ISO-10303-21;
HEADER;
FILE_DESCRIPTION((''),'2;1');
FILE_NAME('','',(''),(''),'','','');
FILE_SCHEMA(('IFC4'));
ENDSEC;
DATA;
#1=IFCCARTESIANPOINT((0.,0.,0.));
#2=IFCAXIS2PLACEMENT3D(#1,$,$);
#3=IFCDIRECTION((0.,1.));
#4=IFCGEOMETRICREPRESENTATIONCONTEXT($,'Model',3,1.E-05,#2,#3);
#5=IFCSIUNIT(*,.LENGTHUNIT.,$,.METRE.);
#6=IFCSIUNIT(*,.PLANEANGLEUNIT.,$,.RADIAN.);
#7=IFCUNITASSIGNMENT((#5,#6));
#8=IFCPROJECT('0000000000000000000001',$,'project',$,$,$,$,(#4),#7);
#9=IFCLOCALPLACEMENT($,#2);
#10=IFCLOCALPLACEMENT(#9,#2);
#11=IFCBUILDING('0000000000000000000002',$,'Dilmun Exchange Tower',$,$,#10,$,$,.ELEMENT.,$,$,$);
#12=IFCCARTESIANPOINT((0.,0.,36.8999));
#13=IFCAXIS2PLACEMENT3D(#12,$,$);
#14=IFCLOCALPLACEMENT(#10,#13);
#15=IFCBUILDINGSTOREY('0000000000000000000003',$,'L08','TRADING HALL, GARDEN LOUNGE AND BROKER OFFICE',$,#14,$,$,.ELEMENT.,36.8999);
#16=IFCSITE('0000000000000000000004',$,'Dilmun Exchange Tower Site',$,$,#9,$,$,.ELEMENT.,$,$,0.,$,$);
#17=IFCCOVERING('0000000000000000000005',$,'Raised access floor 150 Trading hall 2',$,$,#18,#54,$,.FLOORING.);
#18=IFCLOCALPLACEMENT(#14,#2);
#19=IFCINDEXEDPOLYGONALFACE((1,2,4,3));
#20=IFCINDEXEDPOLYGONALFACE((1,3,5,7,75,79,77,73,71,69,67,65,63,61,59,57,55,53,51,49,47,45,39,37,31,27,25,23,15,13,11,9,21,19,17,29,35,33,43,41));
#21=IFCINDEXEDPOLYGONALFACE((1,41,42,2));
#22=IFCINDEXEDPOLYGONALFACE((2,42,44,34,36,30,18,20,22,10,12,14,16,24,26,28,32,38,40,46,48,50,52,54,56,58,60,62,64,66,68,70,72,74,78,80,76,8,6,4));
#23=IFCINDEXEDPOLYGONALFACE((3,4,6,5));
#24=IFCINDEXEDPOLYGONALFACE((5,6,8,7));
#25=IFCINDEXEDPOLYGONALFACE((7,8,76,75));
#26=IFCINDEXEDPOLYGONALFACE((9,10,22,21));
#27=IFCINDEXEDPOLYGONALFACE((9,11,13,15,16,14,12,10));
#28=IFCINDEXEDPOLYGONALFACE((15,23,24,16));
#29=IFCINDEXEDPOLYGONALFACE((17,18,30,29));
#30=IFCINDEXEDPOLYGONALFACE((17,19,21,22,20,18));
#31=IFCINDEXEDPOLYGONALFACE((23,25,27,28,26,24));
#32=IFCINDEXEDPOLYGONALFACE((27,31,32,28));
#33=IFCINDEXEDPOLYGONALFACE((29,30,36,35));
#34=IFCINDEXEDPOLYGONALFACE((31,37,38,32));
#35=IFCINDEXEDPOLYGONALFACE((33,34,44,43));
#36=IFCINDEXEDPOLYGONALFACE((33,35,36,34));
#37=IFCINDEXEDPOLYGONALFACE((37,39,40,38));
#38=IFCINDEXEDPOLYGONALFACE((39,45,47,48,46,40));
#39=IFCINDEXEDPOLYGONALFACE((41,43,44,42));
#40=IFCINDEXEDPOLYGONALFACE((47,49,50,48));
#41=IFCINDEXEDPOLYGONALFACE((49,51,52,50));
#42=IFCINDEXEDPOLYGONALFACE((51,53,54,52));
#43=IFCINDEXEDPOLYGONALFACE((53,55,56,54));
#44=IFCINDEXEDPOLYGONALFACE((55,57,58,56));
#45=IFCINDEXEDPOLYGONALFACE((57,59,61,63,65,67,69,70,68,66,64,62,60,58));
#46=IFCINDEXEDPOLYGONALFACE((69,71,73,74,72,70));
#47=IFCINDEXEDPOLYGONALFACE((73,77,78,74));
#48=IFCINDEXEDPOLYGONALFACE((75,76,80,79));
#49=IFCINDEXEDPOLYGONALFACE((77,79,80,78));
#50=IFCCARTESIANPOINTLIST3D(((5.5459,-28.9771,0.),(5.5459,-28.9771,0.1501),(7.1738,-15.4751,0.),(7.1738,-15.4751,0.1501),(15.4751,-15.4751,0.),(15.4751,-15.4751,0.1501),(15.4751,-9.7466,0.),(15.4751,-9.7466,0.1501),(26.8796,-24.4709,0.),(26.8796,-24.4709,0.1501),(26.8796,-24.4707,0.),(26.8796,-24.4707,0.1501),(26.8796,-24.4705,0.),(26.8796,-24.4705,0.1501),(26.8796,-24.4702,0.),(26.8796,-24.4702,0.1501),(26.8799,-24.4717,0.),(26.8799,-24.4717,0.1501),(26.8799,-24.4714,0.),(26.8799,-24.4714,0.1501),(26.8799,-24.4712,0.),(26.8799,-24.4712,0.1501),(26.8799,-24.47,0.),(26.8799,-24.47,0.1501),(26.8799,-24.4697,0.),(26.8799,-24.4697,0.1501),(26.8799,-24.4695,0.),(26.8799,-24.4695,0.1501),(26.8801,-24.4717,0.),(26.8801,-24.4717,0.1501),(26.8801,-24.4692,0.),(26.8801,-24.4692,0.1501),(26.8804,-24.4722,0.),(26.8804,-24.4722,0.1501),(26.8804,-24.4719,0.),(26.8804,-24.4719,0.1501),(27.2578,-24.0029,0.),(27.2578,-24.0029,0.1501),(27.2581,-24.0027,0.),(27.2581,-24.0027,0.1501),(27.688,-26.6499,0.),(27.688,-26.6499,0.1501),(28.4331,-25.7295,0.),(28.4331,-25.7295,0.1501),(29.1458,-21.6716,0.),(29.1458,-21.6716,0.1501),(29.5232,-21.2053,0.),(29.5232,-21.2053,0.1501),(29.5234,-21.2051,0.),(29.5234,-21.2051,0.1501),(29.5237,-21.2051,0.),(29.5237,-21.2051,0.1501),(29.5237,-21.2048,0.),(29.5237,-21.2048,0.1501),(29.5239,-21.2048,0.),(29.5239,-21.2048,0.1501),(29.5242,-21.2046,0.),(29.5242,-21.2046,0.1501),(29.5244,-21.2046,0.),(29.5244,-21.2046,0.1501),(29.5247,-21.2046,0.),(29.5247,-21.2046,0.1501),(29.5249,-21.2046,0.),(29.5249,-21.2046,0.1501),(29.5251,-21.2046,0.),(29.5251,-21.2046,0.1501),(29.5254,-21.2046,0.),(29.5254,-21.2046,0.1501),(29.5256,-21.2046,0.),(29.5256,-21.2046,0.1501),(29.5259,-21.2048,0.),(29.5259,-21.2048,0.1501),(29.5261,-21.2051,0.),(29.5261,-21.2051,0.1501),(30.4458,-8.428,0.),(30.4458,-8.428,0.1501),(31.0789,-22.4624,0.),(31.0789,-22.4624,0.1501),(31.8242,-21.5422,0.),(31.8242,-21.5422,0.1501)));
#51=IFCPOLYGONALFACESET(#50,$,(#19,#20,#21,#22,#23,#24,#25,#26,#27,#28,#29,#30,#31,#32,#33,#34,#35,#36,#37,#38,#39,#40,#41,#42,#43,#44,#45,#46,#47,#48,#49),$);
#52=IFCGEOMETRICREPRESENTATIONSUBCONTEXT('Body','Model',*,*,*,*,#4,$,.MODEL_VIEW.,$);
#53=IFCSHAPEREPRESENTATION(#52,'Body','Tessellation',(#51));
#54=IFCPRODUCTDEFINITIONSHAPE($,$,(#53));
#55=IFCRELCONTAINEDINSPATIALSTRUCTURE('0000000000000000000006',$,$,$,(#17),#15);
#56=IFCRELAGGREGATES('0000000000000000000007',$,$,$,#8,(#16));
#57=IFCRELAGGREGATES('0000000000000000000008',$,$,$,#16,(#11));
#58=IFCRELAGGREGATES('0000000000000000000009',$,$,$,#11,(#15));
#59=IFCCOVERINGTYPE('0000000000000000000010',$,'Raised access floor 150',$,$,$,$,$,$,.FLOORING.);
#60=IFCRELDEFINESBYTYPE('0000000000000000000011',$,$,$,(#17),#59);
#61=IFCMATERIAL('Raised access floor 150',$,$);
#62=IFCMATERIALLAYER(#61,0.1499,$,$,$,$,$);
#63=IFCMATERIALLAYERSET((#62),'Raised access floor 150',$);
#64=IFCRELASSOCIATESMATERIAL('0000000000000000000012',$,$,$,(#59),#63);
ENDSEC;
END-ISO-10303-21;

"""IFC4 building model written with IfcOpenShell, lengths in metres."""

from ifc_helpers import new_model, si_unit, direction, frame, origin, place, context, subcontext, project, spatial, polyline, outline, extrude, material, layer, layer_set, type_object, element, save


model = new_model("IFC4")

# Units and contexts
model_context = context("Model", 3, precision=1e-05, world=origin(), true_north=direction((0.0, 1.0)))
body_context = subcontext(model_context, "Body", "Model", "MODEL_VIEW")
ifc_project = project(units=[si_unit("LENGTHUNIT", "METRE"), si_unit("PLANEANGLEUNIT", "RADIAN")], contexts=[model_context])

# Site, building, storey
site_placement = place(None, origin())
site = spatial("IfcSite", under=ifc_project, at=site_placement, Name="Dilmun Exchange Tower Site", CompositionType="ELEMENT", RefElevation=0.0)
building_placement = place(site_placement, origin())
building = spatial("IfcBuilding", under=site, at=building_placement, Name="Dilmun Exchange Tower", CompositionType="ELEMENT")
storey_placement = place(building_placement, frame((0.0, 0.0, 36.8999)))
storey = spatial("IfcBuildingStorey", under=building, at=storey_placement, Name="L08", Description="TRADING HALL, GARDEN LOUNGE AND BROKER OFFICE", CompositionType="ELEMENT", Elevation=36.8999)

# Covering
ifc_material_1 = material(Name="Raised access floor 150")
ifc_layer_1 = layer(ifc_material_1, 0.1499)
ifc_layer_set_1 = layer_set([ifc_layer_1], Name="Raised access floor 150")
covering_type_1 = type_object("IfcCoveringType", Name="Raised access floor 150", PredefinedType="FLOORING", material=ifc_layer_set_1)
covering_1_placement = place(storey_placement, origin())
element("IfcCovering", 1, at=covering_1_placement, inside=storey, type_object=covering_type_1, Name="Raised access floor 150 Trading hall 2", PredefinedType="FLOORING", context=body_context, shape_type="SweptSolid", body=[
    extrude(outline(polyline([(7.1738, -15.4751), (15.4751, -15.4751), (15.4751, -9.7466), (30.4458, -8.428), (31.8242, -21.5422), (31.0789, -22.4624), (29.5261, -21.2051), (29.5259, -21.2048), (29.5259, -21.2048), (29.5256, -21.2046), (29.5254, -21.2046), (29.5254, -21.2046), (29.5251, -21.2046), (29.5249, -21.2046), (29.5247, -21.2046), (29.5244, -21.2046), (29.5244, -21.2046), (29.5242, -21.2046), (29.5239, -21.2048), (29.5237, -21.2048), (29.5237, -21.2051), (29.5234, -21.2051), (29.5232, -21.2053), (29.1458, -21.6716), (29.1458, -21.6716), (27.2581, -24.0027), (27.2581, -24.0027), (27.2578, -24.0029), (27.2578, -24.0029), (26.8801, -24.4692), (26.8799, -24.4695), (26.8799, -24.4695), (26.8799, -24.4697), (26.8799, -24.47), (26.8796, -24.4702), (26.8796, -24.4705), (26.8796, -24.4707), (26.8796, -24.4707), (26.8796, -24.4709), (26.8799, -24.4712), (26.8799, -24.4712), (26.8799, -24.4714), (26.8799, -24.4717), (26.8801, -24.4717), (26.8804, -24.4719), (26.8804, -24.4722), (28.4331, -25.7295), (27.688, -26.6499), (5.5459, -28.9771), (7.1738, -15.4751)])), origin(), (0.0, 0.0, 1.0), 0.1501),
])

save(model, "model.ifc")
